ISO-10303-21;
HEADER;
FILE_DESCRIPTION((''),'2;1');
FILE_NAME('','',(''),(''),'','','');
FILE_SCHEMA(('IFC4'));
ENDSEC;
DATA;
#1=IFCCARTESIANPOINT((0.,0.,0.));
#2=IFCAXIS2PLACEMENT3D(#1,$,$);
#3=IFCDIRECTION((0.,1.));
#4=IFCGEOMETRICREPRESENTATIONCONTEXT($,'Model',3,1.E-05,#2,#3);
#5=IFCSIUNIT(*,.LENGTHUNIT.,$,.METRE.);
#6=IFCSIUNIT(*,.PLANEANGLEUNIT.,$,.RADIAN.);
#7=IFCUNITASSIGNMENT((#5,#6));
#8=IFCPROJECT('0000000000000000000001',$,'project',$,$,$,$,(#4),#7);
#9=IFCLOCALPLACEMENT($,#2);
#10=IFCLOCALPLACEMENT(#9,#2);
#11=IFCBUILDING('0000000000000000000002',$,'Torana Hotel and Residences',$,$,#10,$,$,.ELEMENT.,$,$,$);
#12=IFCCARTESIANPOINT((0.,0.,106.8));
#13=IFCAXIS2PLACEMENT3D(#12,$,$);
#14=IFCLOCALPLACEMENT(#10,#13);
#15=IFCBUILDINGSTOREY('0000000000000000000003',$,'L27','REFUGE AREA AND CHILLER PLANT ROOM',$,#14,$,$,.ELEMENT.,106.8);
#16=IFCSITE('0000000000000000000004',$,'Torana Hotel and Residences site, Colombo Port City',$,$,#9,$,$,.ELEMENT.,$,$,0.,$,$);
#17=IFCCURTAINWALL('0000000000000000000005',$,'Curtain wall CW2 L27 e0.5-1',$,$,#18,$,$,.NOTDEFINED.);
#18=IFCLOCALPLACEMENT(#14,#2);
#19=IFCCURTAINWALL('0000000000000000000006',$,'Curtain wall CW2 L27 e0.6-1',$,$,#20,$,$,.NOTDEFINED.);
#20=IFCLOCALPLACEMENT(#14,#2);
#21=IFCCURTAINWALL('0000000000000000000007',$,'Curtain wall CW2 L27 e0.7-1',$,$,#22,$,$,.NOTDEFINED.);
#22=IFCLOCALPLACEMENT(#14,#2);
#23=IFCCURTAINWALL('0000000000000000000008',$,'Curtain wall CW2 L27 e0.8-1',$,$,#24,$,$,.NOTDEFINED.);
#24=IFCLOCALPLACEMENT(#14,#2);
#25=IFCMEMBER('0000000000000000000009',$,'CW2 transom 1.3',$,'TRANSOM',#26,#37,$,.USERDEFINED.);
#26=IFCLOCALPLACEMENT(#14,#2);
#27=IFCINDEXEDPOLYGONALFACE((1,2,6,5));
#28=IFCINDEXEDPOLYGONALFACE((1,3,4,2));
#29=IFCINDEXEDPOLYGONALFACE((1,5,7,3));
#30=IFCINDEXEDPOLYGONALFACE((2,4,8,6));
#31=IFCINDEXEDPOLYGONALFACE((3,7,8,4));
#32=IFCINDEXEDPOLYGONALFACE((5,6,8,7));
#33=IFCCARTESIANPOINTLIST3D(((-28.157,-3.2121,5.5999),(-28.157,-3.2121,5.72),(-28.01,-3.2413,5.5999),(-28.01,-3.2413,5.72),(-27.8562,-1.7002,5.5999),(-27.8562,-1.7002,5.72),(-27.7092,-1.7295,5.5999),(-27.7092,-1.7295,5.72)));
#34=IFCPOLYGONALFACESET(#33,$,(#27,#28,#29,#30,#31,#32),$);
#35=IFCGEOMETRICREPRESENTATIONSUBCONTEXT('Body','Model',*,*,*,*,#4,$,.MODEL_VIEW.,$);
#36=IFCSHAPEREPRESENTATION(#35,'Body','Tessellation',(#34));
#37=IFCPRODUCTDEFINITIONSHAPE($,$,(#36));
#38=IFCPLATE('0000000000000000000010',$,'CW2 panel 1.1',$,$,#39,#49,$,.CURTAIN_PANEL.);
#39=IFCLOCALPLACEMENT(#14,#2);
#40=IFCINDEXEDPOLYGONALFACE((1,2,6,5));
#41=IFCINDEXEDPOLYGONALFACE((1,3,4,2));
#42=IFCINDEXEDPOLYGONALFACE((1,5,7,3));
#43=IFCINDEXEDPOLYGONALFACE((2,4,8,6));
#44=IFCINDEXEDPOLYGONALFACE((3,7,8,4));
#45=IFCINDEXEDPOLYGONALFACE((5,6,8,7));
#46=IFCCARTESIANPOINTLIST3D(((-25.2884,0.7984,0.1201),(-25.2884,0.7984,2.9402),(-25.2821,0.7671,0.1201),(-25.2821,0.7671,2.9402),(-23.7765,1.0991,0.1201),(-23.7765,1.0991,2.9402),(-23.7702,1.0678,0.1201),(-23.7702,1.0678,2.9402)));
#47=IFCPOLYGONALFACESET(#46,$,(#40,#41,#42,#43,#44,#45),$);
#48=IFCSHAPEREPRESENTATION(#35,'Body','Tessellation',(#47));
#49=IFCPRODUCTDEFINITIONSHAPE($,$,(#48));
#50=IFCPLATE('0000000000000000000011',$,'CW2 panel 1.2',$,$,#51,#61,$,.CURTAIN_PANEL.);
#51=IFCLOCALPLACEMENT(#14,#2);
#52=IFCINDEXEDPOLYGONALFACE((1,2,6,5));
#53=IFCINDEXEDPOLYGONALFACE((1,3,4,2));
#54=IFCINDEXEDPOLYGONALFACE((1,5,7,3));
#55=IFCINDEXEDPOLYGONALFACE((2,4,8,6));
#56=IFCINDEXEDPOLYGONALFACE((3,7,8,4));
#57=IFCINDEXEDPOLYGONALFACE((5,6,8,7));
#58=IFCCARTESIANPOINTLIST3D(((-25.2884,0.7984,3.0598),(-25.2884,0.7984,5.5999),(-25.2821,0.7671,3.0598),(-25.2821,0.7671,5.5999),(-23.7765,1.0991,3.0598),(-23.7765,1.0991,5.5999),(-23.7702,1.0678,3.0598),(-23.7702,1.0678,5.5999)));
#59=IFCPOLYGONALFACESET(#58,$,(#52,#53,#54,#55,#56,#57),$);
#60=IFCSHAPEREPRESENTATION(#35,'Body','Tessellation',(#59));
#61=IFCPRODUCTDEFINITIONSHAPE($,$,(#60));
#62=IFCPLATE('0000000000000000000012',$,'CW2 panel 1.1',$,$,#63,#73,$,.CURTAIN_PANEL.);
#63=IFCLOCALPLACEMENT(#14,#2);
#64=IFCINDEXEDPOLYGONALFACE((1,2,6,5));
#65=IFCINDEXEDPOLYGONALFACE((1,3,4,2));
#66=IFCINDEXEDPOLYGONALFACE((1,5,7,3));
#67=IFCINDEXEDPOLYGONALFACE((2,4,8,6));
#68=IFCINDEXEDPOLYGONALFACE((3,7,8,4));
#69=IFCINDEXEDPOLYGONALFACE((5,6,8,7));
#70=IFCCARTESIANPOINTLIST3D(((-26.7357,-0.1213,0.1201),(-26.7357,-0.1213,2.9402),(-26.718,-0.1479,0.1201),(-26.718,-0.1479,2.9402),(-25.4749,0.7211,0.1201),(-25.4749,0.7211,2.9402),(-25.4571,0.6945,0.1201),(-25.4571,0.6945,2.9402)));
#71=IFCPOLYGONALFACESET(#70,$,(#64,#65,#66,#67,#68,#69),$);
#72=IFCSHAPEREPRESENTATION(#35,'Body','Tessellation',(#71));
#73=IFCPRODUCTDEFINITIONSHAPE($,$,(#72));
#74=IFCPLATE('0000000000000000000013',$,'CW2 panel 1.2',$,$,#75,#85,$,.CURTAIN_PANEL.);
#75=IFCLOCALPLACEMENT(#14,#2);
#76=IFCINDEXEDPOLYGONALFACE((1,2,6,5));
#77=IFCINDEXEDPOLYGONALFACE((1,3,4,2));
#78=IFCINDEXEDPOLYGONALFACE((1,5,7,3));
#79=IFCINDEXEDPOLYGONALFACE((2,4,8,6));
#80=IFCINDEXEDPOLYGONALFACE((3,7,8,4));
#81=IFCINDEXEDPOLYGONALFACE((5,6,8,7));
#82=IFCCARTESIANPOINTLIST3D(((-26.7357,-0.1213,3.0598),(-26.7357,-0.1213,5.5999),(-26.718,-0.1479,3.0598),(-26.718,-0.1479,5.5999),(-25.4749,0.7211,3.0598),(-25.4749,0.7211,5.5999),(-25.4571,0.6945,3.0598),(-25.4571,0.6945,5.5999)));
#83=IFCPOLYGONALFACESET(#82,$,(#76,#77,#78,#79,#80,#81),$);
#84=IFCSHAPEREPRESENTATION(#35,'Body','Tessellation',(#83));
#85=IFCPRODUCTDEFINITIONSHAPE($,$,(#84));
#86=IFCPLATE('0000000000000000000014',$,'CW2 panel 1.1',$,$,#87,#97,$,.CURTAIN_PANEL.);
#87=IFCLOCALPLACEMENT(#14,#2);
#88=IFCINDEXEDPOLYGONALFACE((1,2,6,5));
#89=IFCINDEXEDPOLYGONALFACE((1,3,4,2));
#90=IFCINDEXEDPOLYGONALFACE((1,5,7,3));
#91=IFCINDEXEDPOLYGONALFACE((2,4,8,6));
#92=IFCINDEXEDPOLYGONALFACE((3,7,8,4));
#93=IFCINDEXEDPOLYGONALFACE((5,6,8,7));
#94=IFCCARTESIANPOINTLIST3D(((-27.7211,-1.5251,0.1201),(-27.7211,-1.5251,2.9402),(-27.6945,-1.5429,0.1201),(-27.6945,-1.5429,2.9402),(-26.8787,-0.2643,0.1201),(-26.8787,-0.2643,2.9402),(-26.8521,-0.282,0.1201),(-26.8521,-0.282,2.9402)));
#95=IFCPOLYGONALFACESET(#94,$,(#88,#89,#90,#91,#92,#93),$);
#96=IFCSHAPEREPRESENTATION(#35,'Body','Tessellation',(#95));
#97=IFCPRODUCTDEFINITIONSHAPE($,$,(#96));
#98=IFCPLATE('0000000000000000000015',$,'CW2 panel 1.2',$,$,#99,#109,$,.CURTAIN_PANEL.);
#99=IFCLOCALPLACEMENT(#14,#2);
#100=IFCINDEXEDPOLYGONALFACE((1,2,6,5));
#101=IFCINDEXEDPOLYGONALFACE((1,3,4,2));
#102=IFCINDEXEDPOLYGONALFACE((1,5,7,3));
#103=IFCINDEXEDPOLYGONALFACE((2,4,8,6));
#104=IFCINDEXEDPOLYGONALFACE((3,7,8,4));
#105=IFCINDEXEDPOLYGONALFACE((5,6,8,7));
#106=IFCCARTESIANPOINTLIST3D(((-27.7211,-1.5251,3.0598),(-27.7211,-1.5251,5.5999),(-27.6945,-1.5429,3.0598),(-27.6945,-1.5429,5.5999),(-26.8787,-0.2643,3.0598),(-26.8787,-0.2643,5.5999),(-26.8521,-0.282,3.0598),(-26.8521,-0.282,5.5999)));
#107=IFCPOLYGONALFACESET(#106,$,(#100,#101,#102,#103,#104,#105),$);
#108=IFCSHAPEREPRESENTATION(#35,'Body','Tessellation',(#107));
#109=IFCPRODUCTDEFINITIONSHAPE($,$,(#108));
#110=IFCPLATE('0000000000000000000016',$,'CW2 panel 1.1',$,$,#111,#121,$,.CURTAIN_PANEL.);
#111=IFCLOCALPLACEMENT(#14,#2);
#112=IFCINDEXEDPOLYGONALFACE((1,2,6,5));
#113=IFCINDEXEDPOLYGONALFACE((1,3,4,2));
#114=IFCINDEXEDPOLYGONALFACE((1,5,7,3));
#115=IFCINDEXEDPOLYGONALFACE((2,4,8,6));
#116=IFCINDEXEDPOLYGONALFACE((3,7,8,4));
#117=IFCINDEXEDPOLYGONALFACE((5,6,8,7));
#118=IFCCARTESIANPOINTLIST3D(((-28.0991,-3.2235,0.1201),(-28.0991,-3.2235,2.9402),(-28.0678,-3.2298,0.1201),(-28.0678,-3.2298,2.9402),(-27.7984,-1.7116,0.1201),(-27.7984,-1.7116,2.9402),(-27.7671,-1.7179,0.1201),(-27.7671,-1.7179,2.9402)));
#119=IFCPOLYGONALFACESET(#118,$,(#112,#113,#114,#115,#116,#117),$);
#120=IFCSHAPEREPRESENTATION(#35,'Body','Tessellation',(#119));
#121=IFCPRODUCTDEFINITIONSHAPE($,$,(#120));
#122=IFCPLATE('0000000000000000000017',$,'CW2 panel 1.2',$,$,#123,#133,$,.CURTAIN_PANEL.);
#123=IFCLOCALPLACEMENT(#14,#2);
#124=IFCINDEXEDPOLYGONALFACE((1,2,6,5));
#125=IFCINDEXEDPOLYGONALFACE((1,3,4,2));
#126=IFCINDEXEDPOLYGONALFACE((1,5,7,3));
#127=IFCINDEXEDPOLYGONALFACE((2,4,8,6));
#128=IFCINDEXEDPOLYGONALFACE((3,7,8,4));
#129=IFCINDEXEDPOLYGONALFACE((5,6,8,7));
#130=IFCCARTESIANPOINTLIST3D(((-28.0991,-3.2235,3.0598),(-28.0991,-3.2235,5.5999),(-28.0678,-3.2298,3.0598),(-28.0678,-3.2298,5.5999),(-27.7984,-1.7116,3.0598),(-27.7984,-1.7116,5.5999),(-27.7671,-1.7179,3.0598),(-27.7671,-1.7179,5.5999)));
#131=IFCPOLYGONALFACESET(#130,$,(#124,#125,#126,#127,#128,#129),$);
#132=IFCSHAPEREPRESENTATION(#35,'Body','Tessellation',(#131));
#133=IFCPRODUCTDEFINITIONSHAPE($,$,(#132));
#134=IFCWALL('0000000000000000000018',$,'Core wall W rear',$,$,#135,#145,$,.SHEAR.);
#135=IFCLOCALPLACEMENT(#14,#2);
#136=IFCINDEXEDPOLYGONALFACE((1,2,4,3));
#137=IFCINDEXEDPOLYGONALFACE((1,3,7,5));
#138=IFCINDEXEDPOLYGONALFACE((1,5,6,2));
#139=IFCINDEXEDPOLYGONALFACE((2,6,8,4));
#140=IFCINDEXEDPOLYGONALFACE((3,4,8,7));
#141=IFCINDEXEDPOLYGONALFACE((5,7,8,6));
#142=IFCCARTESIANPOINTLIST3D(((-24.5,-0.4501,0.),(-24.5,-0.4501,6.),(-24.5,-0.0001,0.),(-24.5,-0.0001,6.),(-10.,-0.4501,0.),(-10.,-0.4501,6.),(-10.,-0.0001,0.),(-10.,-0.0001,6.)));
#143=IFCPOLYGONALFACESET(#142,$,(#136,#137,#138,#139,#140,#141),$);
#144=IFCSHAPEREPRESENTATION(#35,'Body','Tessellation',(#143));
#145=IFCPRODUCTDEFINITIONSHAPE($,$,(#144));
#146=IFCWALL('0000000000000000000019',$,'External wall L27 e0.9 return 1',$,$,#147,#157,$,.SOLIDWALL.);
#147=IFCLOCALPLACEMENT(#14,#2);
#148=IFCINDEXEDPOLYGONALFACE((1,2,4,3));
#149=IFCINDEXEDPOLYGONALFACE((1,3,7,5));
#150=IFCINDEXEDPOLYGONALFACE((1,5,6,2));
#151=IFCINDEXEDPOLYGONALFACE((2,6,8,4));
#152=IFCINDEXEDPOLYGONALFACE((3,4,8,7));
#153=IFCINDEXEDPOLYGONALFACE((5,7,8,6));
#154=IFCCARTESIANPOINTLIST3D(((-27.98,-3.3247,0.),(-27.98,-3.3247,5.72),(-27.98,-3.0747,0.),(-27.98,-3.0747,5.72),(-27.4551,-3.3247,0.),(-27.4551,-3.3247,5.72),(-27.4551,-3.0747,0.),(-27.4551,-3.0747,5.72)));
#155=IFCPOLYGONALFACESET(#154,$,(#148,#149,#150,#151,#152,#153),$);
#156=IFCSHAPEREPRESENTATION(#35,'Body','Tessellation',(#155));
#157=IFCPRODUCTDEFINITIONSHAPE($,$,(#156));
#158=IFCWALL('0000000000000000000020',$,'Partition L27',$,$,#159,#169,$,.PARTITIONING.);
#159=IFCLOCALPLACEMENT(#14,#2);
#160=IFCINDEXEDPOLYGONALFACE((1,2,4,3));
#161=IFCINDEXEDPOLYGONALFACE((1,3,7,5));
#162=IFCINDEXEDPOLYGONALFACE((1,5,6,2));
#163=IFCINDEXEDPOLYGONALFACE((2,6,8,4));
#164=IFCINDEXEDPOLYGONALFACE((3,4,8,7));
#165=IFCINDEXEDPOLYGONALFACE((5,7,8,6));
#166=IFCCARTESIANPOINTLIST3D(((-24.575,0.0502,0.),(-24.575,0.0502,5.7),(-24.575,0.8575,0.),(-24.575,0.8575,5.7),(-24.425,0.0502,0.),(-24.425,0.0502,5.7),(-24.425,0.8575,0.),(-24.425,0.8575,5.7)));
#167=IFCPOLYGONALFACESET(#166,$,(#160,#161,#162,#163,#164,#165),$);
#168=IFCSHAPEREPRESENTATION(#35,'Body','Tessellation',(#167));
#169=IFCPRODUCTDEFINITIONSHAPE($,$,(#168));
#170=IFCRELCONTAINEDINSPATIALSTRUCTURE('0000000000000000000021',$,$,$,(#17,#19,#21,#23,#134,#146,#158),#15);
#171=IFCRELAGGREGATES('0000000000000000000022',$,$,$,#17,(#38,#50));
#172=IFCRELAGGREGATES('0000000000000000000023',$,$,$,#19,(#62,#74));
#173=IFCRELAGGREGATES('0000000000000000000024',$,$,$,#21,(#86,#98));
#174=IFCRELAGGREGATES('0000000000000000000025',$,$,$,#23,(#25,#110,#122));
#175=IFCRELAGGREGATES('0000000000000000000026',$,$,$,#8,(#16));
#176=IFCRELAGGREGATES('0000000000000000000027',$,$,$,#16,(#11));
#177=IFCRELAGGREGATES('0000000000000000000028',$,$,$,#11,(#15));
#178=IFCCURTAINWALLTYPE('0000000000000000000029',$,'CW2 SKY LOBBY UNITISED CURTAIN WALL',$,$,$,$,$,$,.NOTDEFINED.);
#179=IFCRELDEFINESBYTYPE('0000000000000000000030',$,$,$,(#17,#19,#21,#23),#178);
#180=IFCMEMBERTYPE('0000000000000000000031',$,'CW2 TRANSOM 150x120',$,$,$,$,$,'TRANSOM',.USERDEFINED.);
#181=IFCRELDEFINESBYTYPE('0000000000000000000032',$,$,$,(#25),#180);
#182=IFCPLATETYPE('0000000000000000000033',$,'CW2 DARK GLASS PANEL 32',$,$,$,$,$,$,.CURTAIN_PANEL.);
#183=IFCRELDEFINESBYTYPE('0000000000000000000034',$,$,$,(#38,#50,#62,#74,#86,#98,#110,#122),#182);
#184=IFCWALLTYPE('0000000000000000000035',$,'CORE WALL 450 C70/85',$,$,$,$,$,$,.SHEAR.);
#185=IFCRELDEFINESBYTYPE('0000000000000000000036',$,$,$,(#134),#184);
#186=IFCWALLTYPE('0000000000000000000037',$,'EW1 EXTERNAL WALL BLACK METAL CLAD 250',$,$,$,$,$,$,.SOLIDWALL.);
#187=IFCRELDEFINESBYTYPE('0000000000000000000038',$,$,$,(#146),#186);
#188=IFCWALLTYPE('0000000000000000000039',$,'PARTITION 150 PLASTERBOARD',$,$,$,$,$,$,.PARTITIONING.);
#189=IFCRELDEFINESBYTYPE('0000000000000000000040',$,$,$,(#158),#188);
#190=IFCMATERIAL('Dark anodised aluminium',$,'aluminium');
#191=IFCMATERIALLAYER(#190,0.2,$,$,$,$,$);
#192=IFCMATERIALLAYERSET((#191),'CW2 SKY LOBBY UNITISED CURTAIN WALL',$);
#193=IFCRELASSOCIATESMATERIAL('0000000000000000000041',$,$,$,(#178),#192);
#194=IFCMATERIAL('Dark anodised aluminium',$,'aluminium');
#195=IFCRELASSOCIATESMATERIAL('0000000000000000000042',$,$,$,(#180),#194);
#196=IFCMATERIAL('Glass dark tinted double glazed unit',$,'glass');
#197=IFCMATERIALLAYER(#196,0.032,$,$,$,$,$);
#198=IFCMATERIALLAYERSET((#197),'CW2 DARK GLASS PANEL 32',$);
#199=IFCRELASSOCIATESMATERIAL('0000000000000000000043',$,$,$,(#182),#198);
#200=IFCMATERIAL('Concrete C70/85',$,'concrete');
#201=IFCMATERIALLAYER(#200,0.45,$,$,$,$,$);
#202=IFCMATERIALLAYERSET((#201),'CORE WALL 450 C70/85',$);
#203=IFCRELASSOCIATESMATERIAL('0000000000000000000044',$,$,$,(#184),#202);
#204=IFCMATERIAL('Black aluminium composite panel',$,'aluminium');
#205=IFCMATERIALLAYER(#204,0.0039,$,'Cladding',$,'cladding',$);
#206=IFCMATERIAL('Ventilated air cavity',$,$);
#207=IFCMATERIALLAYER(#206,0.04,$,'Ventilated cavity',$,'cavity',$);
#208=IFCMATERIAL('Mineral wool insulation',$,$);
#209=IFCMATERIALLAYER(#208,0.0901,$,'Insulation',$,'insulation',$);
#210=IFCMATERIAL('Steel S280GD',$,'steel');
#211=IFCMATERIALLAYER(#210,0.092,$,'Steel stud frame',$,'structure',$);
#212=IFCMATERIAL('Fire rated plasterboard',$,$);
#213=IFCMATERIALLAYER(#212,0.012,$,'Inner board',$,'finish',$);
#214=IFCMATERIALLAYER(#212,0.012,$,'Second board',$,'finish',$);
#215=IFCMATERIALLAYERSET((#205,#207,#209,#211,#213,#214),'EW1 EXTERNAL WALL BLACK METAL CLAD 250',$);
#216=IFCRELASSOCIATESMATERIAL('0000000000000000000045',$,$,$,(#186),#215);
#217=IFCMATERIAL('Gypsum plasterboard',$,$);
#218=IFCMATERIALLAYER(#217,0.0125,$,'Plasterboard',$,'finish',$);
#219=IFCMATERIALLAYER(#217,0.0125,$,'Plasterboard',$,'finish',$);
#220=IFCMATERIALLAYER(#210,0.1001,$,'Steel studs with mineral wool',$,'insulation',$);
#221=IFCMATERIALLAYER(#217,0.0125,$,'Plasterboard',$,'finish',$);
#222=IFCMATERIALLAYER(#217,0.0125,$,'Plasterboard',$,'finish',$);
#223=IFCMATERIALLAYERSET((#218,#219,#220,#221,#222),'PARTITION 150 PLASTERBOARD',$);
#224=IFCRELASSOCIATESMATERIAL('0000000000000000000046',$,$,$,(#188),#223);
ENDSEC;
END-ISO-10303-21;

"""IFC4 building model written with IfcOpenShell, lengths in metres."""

from ifc_helpers import new_model, si_unit, direction, frame, frame_2d, origin, origin_2d, place, context, subcontext, project, spatial, rectangle, extrude, material, layer, layer_set, material_profile, profile_set, type_object, element, aggregate, save


model = new_model("IFC4")

# Units and contexts
model_context = context("Model", 3, precision=1e-05, world=origin(), true_north=direction((0.0, 1.0)))
body_context = subcontext(model_context, "Body", "Model", "MODEL_VIEW")
ifc_project = project(units=[si_unit("LENGTHUNIT", "METRE"), si_unit("PLANEANGLEUNIT", "RADIAN")], contexts=[model_context])

# Site, building, storey
site_placement = place(None, origin())
site = spatial("IfcSite", under=ifc_project, at=site_placement, Name="Torana Hotel and Residences site, Colombo Port City", CompositionType="ELEMENT", RefElevation=0.0)
building_placement = place(site_placement, origin())
building = spatial("IfcBuilding", under=site, at=building_placement, Name="Torana Hotel and Residences", CompositionType="ELEMENT")
storey_placement = place(building_placement, frame((0.0, 0.0, 106.8)))
storey = spatial("IfcBuildingStorey", under=building, at=storey_placement, Name="L27", Description="REFUGE AREA AND CHILLER PLANT ROOM", CompositionType="ELEMENT", Elevation=106.8)

# Curtain wall
ifc_material_1 = material(Name="Dark anodised aluminium", Category="aluminium")
ifc_layer_1 = layer(ifc_material_1, 0.2)
ifc_layer_set_1 = layer_set([ifc_layer_1], Name="CW2 SKY LOBBY UNITISED CURTAIN WALL")
curtain_wall_type = type_object("IfcCurtainWallType", Name="CW2 SKY LOBBY UNITISED CURTAIN WALL", PredefinedType="NOTDEFINED", material=ifc_layer_set_1)
curtain_wall_1_placement = place(storey_placement, origin())
curtain_wall_1 = element("IfcCurtainWall", 1, at=curtain_wall_1_placement, inside=storey, type_object=curtain_wall_type, Name="Curtain wall CW2 L27 e0.5-1", PredefinedType="NOTDEFINED")

# Curtain walls
curtain_wall_2_placement = place(storey_placement, origin())
curtain_wall_2 = element("IfcCurtainWall", 2, at=curtain_wall_2_placement, inside=storey, type_object=curtain_wall_type, Name="Curtain wall CW2 L27 e0.6-1", PredefinedType="NOTDEFINED")
curtain_wall_3_placement = place(storey_placement, origin())
curtain_wall_3 = element("IfcCurtainWall", 3, at=curtain_wall_3_placement, inside=storey, type_object=curtain_wall_type, Name="Curtain wall CW2 L27 e0.7-1", PredefinedType="NOTDEFINED")

# Curtain wall
curtain_wall_4_placement = place(storey_placement, origin())
curtain_wall_4 = element("IfcCurtainWall", 4, at=curtain_wall_4_placement, inside=storey, type_object=curtain_wall_type, Name="Curtain wall CW2 L27 e0.8-1", PredefinedType="NOTDEFINED")

# Member
ifc_material_2 = material(Name="Dark anodised aluminium", Category="aluminium")
ifc_material_profile_1 = material_profile(ifc_material_2, rectangle(XDim=0.1499, YDim=0.1201, at=origin_2d()), Name="CW2 TRANSOM 150x120")
ifc_profile_set_1 = profile_set([ifc_material_profile_1], Name="Dark anodised aluminium")
member_type_1 = type_object("IfcMemberType", Name="CW2 TRANSOM 150x120", ElementType="TRANSOM", PredefinedType="USERDEFINED", material=ifc_profile_set_1)
member_1_placement = place(storey_placement, frame((-27.7827, -1.7148, 5.6599), z_axis=(-0.195111, -0.980781, 0.0), x_axis=(0.980781, -0.195111, 0.0)))
member_1 = element("IfcMember", 5, at=member_1_placement, type_object=member_type_1, Name="CW2 transom 1.3", ObjectType="TRANSOM", PredefinedType="USERDEFINED", context=body_context, shape_type="SweptSolid", body=[
    extrude(rectangle(XDim=0.1499, YDim=0.1201, at=origin_2d()), origin(), (0.0, 0.0, 1.0), 1.5415),
])

# Plates
ifc_material_3 = material(Name="Glass dark tinted double glazed unit", Category="glass")
ifc_layer_2 = layer(ifc_material_3, 0.032)
ifc_layer_set_2 = layer_set([ifc_layer_2], Name="CW2 DARK GLASS PANEL 32")
plate_type = type_object("IfcPlateType", Name="CW2 DARK GLASS PANEL 32", PredefinedType="CURTAIN_PANEL", material=ifc_layer_set_2)
plate_1_placement = place(storey_placement, frame((-24.5293, 0.9331, 0.1201), z_axis=(0.0, 0.0, 1.0), x_axis=(-0.980791, -0.195064, 0.0)))
plate_1 = element("IfcPlate", 6, at=plate_1_placement, type_object=plate_type, Name="CW2 panel 1.1", PredefinedType="CURTAIN_PANEL", context=body_context, shape_type="SweptSolid", body=[
    extrude(rectangle(XDim=1.5415, YDim=0.032, at=origin_2d()), origin(), (0.0, 0.0, 1.0), 2.8201),
])
plate_2_placement = place(storey_placement, frame((-24.5293, 0.9331, 3.0598), z_axis=(0.0, 0.0, 1.0), x_axis=(-0.980791, -0.195064, 0.0)))
plate_2 = element("IfcPlate", 7, at=plate_2_placement, type_object=plate_type, Name="CW2 panel 1.2", PredefinedType="CURTAIN_PANEL", context=body_context, shape_type="SweptSolid", body=[
    extrude(rectangle(XDim=1.5415, YDim=0.032, at=origin_2d()), origin(), (0.0, 0.0, 1.0), 2.54),
])
aggregate(curtain_wall_1, [plate_1, plate_2])
plate_3_placement = place(storey_placement, frame((-26.0964, 0.2866, 0.1201), z_axis=(0.0, 0.0, 1.0), x_axis=(-0.831474, -0.555564, 0.0)))
plate_3 = element("IfcPlate", 8, at=plate_3_placement, type_object=plate_type, Name="CW2 panel 1.1", PredefinedType="CURTAIN_PANEL", context=body_context, shape_type="SweptSolid", body=[
    extrude(rectangle(XDim=1.5164, YDim=0.032, at=origin_2d()), origin(), (0.0, 0.0, 1.0), 2.8201),
])
plate_4_placement = place(storey_placement, frame((-26.0964, 0.2866, 3.0598), z_axis=(0.0, 0.0, 1.0), x_axis=(-0.831474, -0.555564, 0.0)))
plate_4 = element("IfcPlate", 9, at=plate_4_placement, type_object=plate_type, Name="CW2 panel 1.2", PredefinedType="CURTAIN_PANEL", context=body_context, shape_type="SweptSolid", body=[
    extrude(rectangle(XDim=1.5164, YDim=0.032, at=origin_2d()), origin(), (0.0, 0.0, 1.0), 2.54),
])
aggregate(curtain_wall_2, [plate_3, plate_4])
plate_5_placement = place(storey_placement, frame((-27.2866, -0.9036, 0.1201), z_axis=(0.0, 0.0, 1.0), x_axis=(-0.555564, -0.831474, 0.0)))
plate_5 = element("IfcPlate", 10, at=plate_5_placement, type_object=plate_type, Name="CW2 panel 1.1", PredefinedType="CURTAIN_PANEL", context=body_context, shape_type="SweptSolid", body=[
    extrude(rectangle(XDim=1.5164, YDim=0.032, at=origin_2d()), origin(), (0.0, 0.0, 1.0), 2.8201),
])
plate_6_placement = place(storey_placement, frame((-27.2866, -0.9036, 3.0598), z_axis=(0.0, 0.0, 1.0), x_axis=(-0.555564, -0.831474, 0.0)))
plate_6 = element("IfcPlate", 11, at=plate_6_placement, type_object=plate_type, Name="CW2 panel 1.2", PredefinedType="CURTAIN_PANEL", context=body_context, shape_type="SweptSolid", body=[
    extrude(rectangle(XDim=1.5164, YDim=0.032, at=origin_2d()), origin(), (0.0, 0.0, 1.0), 2.54),
])
aggregate(curtain_wall_3, [plate_5, plate_6])
plate_7_placement = place(storey_placement, frame((-27.9331, -2.4707, 0.1201), z_axis=(0.0, 0.0, 1.0), x_axis=(-0.195064, -0.980791, 0.0)))
plate_7 = element("IfcPlate", 12, at=plate_7_placement, type_object=plate_type, Name="CW2 panel 1.1", PredefinedType="CURTAIN_PANEL", context=body_context, shape_type="SweptSolid", body=[
    extrude(rectangle(XDim=1.5415, YDim=0.032, at=origin_2d()), origin(), (0.0, 0.0, 1.0), 2.8201),
])
plate_8_placement = place(storey_placement, frame((-27.9331, -2.4707, 3.0598), z_axis=(0.0, 0.0, 1.0), x_axis=(-0.195064, -0.980791, 0.0)))
plate_8 = element("IfcPlate", 13, at=plate_8_placement, type_object=plate_type, Name="CW2 panel 1.2", PredefinedType="CURTAIN_PANEL", context=body_context, shape_type="SweptSolid", body=[
    extrude(rectangle(XDim=1.5415, YDim=0.032, at=origin_2d()), origin(), (0.0, 0.0, 1.0), 2.54),
])
aggregate(curtain_wall_4, [member_1, plate_7, plate_8])

# Walls
ifc_material_4 = material(Name="Concrete C70/85", Category="concrete")
ifc_layer_3 = layer(ifc_material_4, 0.45)
ifc_layer_set_3 = layer_set([ifc_layer_3], Name="CORE WALL 450 C70/85")
wall_type_1 = type_object("IfcWallType", Name="CORE WALL 450 C70/85", PredefinedType="SHEAR", material=ifc_layer_set_3)
wall_1_placement = place(storey_placement, frame((-24.5, -0.2251, 0.0), z_axis=(0.0, 0.0, 1.0), x_axis=(1.0, 0.0, 0.0)))
element("IfcWall", 14, at=wall_1_placement, inside=storey, type_object=wall_type_1, Name="Core wall W rear", PredefinedType="SHEAR", context=body_context, shape_type="SweptSolid", body=[
    extrude(rectangle(XDim=14.5, YDim=0.45, at=frame_2d((7.25, 0.0))), origin(), (0.0, 0.0, 1.0), 6.0),
])
ifc_material_5 = material(Name="Black aluminium composite panel", Category="aluminium")
ifc_layer_4 = layer(ifc_material_5, 0.0039, Name="Cladding", Category="cladding")
ifc_material_6 = material(Name="Ventilated air cavity")
ifc_layer_5 = layer(ifc_material_6, 0.04, Name="Ventilated cavity", Category="cavity")
ifc_material_7 = material(Name="Mineral wool insulation")
ifc_layer_6 = layer(ifc_material_7, 0.0901, Name="Insulation", Category="insulation")
ifc_material_8 = material(Name="Steel S280GD", Category="steel")
ifc_layer_7 = layer(ifc_material_8, 0.092, Name="Steel stud frame", Category="structure")
ifc_material_9 = material(Name="Fire rated plasterboard")
ifc_layer_8 = layer(ifc_material_9, 0.012, Name="Inner board", Category="finish")
ifc_layer_9 = layer(ifc_material_9, 0.012, Name="Second board", Category="finish")
ifc_layer_set_4 = layer_set([ifc_layer_4, ifc_layer_5, ifc_layer_6, ifc_layer_7, ifc_layer_8, ifc_layer_9], Name="EW1 EXTERNAL WALL BLACK METAL CLAD 250")
wall_type_2 = type_object("IfcWallType", Name="EW1 EXTERNAL WALL BLACK METAL CLAD 250", PredefinedType="SOLIDWALL", material=ifc_layer_set_4)
wall_2_placement = place(storey_placement, frame((-27.4551, -3.1997, 0.0), z_axis=(0.0, 0.0, 1.0), x_axis=(-1.0, 0.0, 0.0)))
element("IfcWall", 15, at=wall_2_placement, inside=storey, type_object=wall_type_2, Name="External wall L27 e0.9 return 1", PredefinedType="SOLIDWALL", context=body_context, shape_type="SweptSolid", body=[
    extrude(rectangle(XDim=0.5249, YDim=0.25, at=frame_2d((0.2625, 0.0))), origin(), (0.0, 0.0, 1.0), 5.72),
])
ifc_material_10 = material(Name="Gypsum plasterboard")
ifc_layer_10 = layer(ifc_material_10, 0.0125, Name="Plasterboard", Category="finish")
ifc_layer_11 = layer(ifc_material_10, 0.0125, Name="Plasterboard", Category="finish")
ifc_layer_12 = layer(ifc_material_8, 0.1001, Name="Steel studs with mineral wool", Category="insulation")
ifc_layer_13 = layer(ifc_material_10, 0.0125, Name="Plasterboard", Category="finish")
ifc_layer_14 = layer(ifc_material_10, 0.0125, Name="Plasterboard", Category="finish")
ifc_layer_set_5 = layer_set([ifc_layer_10, ifc_layer_11, ifc_layer_12, ifc_layer_13, ifc_layer_14], Name="PARTITION 150 PLASTERBOARD")
wall_type_3 = type_object("IfcWallType", Name="PARTITION 150 PLASTERBOARD", PredefinedType="PARTITIONING", material=ifc_layer_set_5)
wall_3_placement = place(storey_placement, frame((-24.5, 0.05, 0.0), z_axis=(0.0, 0.0, 1.0), x_axis=(0.0, 1.0, 0.0)))
element("IfcWall", 16, at=wall_3_placement, inside=storey, type_object=wall_type_3, Name="Partition L27", PredefinedType="PARTITIONING", context=body_context, shape_type="SweptSolid", body=[
    extrude(rectangle(XDim=0.8074, YDim=0.1499, at=frame_2d((0.4038, 0.0))), origin(), (0.0, 0.0, 1.0), 5.7),
])

save(model, "model.ifc")
